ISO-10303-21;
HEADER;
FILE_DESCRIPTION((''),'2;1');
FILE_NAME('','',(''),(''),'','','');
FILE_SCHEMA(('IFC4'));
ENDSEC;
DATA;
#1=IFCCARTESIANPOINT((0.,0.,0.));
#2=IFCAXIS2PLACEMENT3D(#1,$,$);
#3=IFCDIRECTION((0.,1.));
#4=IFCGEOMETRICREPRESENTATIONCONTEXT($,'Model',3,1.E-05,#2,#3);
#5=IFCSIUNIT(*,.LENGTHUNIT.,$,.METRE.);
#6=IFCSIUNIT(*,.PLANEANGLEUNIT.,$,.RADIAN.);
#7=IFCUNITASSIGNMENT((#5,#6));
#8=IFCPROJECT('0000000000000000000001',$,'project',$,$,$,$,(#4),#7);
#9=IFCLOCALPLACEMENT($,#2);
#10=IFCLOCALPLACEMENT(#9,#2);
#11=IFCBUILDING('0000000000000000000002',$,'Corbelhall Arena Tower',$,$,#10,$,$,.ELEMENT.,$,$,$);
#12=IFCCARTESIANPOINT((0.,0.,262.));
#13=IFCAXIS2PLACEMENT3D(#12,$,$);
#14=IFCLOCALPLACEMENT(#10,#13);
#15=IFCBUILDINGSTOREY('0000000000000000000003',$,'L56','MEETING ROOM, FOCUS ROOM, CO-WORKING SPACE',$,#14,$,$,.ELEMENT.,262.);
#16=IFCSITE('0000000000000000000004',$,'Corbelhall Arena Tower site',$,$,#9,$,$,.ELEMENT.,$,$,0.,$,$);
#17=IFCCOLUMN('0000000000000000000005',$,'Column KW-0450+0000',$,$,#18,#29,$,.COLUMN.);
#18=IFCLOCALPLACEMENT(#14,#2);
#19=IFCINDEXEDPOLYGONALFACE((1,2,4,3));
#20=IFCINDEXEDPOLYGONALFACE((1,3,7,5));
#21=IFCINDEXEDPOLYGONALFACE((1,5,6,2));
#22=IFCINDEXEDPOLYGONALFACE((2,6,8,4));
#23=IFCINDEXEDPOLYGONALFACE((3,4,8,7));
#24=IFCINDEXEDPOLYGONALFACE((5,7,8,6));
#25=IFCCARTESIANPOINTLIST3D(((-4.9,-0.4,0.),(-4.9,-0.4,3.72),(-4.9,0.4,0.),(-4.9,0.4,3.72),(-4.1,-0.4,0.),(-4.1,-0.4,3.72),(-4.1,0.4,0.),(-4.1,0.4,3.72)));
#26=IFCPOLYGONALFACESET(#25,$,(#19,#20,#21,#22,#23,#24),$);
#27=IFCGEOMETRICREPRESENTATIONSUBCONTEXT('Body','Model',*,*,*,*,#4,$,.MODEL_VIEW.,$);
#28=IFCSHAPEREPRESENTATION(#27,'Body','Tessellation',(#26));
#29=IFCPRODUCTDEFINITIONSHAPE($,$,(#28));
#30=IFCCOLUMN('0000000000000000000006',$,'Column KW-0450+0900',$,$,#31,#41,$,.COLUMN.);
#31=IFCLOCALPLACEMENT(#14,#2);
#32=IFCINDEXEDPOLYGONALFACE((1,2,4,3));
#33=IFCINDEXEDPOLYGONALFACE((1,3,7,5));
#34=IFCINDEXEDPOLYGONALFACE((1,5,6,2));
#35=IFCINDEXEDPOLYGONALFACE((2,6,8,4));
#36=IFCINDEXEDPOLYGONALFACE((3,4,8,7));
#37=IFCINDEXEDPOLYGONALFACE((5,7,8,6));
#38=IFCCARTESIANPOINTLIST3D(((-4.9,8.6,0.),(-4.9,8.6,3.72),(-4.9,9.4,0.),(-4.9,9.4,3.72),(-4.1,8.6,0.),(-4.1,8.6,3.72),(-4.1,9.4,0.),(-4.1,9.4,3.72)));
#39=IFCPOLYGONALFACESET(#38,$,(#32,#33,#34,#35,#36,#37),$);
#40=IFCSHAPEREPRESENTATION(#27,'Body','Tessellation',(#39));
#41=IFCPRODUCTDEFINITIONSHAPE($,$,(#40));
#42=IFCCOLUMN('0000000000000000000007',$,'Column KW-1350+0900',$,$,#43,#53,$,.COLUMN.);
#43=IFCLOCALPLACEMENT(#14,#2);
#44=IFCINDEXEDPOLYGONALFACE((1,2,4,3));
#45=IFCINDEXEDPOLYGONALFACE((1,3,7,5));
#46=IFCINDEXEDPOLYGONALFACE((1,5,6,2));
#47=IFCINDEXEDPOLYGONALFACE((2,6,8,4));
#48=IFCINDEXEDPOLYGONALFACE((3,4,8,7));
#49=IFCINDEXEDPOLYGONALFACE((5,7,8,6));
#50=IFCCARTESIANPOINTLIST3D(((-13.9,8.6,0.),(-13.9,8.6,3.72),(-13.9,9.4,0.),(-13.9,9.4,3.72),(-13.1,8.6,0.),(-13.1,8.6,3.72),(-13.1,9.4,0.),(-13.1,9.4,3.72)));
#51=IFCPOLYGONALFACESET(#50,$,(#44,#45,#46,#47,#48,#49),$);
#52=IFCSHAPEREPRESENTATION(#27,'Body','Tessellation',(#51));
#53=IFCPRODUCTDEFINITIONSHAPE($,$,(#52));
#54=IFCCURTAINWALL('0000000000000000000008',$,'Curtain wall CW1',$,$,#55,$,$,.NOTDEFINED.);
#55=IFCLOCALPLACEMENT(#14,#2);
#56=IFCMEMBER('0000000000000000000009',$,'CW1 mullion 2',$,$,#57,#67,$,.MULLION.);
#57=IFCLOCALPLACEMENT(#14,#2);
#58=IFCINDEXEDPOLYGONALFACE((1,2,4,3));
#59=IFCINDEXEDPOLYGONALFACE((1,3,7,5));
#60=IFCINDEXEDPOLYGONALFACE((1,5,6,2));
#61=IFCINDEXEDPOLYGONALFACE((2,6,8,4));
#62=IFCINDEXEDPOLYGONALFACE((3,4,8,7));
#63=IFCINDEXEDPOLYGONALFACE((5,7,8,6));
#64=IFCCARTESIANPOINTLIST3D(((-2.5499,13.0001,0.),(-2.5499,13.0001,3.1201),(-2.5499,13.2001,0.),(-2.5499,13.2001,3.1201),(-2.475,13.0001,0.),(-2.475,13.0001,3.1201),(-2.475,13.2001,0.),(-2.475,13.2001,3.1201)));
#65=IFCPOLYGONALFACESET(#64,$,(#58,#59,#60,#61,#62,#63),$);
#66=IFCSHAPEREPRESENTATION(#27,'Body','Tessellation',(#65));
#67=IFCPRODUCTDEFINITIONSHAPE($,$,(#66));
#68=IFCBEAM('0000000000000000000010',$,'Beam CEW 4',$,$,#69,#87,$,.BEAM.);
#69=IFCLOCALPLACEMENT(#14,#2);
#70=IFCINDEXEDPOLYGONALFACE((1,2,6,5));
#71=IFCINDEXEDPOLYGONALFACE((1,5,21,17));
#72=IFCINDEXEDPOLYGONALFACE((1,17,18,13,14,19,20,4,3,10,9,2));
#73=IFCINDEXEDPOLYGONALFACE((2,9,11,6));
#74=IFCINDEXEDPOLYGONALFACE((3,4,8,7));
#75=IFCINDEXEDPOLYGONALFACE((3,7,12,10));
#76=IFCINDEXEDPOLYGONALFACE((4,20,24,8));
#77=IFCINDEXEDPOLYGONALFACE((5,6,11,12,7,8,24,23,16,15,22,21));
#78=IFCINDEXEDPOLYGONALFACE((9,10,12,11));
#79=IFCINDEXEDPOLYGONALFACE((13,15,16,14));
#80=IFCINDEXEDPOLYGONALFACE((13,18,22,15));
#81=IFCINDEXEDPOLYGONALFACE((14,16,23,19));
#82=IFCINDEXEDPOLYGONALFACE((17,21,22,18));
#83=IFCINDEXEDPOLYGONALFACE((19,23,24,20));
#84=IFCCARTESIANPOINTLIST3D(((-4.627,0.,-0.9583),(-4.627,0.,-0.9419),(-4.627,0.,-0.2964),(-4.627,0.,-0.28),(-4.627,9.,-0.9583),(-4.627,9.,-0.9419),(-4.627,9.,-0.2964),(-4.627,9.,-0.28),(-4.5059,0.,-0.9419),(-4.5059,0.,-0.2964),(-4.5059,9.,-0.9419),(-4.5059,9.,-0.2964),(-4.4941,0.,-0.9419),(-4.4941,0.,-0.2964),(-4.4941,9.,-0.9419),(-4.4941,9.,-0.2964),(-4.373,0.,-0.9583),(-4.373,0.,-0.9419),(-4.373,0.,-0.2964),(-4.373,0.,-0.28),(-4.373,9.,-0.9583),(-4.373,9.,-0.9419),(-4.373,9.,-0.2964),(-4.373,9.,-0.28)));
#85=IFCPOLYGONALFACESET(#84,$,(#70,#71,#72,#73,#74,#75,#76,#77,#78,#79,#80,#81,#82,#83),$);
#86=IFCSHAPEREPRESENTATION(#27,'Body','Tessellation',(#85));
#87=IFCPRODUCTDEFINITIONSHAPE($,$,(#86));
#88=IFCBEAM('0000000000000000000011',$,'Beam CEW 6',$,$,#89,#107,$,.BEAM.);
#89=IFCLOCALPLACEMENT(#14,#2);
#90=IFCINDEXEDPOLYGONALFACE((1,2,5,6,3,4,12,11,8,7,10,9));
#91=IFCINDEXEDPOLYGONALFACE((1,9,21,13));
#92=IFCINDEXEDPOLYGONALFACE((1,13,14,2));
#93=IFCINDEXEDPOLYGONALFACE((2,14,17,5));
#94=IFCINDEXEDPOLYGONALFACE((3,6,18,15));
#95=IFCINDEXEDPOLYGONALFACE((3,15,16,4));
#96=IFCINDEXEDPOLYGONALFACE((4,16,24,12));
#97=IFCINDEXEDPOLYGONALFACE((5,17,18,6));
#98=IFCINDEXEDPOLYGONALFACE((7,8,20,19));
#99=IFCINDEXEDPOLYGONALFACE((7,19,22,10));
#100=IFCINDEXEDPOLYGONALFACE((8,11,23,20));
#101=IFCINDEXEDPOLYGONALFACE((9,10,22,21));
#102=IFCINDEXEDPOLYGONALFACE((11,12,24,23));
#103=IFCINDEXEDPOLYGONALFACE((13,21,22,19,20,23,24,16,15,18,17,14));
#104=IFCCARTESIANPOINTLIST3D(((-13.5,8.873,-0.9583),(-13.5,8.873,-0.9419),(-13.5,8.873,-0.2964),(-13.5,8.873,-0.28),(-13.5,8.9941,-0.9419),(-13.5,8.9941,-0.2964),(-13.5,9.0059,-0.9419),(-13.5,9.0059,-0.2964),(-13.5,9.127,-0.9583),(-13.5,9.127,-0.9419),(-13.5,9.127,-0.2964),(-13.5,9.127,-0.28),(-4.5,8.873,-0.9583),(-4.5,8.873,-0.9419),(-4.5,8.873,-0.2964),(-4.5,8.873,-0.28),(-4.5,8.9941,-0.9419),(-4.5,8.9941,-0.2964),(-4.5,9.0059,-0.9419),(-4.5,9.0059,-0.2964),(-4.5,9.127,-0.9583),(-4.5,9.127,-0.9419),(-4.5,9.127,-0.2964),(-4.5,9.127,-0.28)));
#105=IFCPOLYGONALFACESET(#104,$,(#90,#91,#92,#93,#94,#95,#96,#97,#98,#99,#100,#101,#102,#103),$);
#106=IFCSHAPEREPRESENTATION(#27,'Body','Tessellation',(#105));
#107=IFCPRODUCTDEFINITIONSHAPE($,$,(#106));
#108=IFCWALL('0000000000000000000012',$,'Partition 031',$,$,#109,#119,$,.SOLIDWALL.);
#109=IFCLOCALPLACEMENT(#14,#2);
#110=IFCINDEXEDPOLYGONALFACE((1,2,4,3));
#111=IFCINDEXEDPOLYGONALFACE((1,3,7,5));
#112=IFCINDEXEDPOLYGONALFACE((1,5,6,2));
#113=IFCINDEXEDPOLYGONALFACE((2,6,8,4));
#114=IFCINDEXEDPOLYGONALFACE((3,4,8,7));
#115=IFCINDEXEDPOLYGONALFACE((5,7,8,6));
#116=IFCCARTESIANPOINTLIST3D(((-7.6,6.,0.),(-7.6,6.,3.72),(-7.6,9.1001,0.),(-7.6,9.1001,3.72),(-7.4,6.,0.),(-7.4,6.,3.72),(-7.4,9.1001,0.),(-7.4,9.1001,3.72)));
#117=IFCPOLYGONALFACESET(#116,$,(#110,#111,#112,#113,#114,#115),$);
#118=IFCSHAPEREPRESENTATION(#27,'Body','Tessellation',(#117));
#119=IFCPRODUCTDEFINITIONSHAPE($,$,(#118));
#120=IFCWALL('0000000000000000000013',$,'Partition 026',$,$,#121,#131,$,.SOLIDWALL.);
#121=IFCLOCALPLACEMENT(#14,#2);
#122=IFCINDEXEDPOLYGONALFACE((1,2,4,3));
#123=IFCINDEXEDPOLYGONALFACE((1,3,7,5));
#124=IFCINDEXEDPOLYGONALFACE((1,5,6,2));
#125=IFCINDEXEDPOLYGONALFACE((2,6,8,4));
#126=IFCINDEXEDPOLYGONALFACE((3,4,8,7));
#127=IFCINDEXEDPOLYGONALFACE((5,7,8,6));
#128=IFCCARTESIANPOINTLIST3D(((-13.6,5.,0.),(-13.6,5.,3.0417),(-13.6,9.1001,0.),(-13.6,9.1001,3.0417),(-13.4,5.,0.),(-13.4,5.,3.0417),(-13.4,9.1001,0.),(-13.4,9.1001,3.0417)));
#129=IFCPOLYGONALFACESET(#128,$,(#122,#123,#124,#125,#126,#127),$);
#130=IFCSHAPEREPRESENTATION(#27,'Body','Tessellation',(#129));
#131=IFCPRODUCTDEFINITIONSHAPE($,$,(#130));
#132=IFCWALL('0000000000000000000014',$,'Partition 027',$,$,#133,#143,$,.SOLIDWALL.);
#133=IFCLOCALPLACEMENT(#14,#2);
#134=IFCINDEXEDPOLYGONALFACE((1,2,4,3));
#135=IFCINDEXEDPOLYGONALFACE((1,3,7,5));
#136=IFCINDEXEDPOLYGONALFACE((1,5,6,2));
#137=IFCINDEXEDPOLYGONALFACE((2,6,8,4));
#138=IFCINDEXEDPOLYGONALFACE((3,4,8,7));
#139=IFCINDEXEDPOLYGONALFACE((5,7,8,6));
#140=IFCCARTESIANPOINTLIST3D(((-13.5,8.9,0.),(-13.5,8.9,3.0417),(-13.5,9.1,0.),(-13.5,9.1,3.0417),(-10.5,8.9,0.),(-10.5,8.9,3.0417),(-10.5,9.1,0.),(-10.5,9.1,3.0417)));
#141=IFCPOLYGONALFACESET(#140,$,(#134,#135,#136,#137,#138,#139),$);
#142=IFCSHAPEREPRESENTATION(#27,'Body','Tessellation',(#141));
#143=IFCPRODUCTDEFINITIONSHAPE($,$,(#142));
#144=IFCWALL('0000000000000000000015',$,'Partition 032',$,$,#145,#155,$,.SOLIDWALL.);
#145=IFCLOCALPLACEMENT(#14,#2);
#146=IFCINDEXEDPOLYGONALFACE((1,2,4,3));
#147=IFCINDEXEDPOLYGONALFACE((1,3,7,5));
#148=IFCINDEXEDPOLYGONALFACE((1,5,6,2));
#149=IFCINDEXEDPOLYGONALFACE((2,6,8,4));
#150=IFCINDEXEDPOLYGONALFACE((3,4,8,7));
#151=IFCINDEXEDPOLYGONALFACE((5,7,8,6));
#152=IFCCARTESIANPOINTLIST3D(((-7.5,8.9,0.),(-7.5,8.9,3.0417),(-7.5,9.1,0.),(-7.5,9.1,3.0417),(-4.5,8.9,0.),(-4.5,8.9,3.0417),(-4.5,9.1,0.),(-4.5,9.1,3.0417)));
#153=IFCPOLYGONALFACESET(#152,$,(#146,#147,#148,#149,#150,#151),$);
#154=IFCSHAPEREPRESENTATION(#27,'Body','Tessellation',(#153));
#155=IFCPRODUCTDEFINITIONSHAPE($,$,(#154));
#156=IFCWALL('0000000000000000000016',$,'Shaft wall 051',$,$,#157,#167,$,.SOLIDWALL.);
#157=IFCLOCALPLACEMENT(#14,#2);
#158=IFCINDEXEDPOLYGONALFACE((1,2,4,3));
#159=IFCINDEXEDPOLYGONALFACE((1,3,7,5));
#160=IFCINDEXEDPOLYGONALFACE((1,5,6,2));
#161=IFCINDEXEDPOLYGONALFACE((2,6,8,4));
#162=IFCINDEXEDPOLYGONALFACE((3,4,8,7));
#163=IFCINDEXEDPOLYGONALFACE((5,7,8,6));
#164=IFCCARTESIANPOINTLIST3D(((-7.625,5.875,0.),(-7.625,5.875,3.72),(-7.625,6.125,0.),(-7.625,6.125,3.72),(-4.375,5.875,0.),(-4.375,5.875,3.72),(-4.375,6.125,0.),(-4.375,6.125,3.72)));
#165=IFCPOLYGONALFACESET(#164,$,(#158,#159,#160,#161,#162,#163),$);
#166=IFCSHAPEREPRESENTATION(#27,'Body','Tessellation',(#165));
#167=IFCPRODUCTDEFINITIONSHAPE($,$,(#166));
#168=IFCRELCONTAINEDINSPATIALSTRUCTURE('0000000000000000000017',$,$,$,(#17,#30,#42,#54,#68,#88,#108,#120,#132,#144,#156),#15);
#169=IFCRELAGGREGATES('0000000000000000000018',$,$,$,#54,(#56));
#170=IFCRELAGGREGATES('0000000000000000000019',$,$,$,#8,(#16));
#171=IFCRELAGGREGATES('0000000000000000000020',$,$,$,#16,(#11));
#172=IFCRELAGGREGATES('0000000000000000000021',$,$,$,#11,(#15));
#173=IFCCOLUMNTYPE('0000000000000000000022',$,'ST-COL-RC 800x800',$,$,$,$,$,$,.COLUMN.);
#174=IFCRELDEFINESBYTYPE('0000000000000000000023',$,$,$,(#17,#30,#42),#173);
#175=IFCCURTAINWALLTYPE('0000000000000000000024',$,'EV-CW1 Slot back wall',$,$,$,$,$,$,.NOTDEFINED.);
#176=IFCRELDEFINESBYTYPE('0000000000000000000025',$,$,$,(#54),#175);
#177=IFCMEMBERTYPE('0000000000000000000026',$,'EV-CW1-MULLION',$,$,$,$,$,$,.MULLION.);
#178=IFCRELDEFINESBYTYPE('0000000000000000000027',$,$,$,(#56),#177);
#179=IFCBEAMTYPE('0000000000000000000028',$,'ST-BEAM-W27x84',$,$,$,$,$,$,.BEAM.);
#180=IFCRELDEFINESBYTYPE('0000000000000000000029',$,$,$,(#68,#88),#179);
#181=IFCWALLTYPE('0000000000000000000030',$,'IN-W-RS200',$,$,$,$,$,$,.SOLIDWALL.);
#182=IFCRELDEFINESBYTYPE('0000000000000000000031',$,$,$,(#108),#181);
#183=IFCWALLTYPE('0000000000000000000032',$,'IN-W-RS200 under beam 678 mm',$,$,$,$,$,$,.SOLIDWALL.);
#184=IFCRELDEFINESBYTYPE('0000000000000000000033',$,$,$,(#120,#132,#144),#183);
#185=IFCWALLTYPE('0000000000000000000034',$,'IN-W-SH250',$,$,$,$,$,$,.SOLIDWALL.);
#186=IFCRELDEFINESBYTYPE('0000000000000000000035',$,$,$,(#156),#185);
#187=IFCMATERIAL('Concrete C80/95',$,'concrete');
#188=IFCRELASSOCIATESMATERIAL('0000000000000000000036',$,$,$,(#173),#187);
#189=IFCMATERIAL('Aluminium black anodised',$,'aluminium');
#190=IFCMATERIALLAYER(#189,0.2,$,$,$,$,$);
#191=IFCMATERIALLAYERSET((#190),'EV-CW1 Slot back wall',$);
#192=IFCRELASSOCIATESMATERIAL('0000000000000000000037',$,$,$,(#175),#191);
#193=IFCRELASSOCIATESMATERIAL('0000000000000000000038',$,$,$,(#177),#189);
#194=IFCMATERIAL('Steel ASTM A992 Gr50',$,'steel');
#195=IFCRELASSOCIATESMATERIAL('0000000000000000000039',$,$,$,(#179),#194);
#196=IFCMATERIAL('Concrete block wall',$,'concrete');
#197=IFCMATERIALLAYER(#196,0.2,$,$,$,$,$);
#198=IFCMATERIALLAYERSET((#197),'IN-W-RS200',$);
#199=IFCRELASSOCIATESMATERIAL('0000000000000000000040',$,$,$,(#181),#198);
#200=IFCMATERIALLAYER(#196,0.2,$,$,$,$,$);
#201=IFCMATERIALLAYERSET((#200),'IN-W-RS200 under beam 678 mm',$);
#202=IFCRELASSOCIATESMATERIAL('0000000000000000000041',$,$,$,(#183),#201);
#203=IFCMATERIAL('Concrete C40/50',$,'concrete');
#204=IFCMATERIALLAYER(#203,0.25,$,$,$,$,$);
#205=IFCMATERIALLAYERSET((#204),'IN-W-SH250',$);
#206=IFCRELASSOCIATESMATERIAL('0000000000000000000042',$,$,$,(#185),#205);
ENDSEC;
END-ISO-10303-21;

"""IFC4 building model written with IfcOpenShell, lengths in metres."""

from ifc_helpers import new_model, si_unit, direction, frame, frame_2d, origin, origin_2d, place, context, subcontext, project, spatial, rectangle, i_section, extrude, material, layer, layer_set, material_profile, profile_set, type_object, element, aggregate, save


model = new_model("IFC4")

# Units and contexts
model_context = context("Model", 3, precision=1e-05, world=origin(), true_north=direction((0.0, 1.0)))
body_context = subcontext(model_context, "Body", "Model", "MODEL_VIEW")
ifc_project = project(units=[si_unit("LENGTHUNIT", "METRE"), si_unit("PLANEANGLEUNIT", "RADIAN")], contexts=[model_context])

# Site, building, storey
site_placement = place(None, origin())
site = spatial("IfcSite", under=ifc_project, at=site_placement, Name="Corbelhall Arena Tower site", CompositionType="ELEMENT", RefElevation=0.0)
building_placement = place(site_placement, origin())
building = spatial("IfcBuilding", under=site, at=building_placement, Name="Corbelhall Arena Tower", CompositionType="ELEMENT")
storey_placement = place(building_placement, frame((0.0, 0.0, 262.0)))
storey = spatial("IfcBuildingStorey", under=building, at=storey_placement, Name="L56", Description="MEETING ROOM, FOCUS ROOM, CO-WORKING SPACE", CompositionType="ELEMENT", Elevation=262.0)

# Columns
ifc_material_1 = material(Name="Concrete C80/95", Category="concrete")
ifc_material_profile_1 = material_profile(ifc_material_1, rectangle(XDim=0.8, YDim=0.8, at=origin_2d()))
ifc_profile_set_1 = profile_set([ifc_material_profile_1], Name="Concrete C80/95")
column_type = type_object("IfcColumnType", Name="ST-COL-RC 800x800", PredefinedType="COLUMN", material=ifc_profile_set_1)
for number, where, z_axis, x_axis, name in (
    (1, (-4.5, 0.0, 0.0), (0.0, 0.0, 1.0), (1.0, 0.0, 0.0), "Column KW-0450+0000"),
    (2, (-4.5, 9.0, 0.0), (0.0, 0.0, 1.0), (1.0, 0.0, 0.0), "Column KW-0450+0900"),
    (3, (-13.5, 9.0, 0.0), (0.0, 0.0, 1.0), (1.0, 0.0, 0.0), "Column KW-1350+0900"),
):
    element("IfcColumn", number, at=place(storey_placement, frame(where, z_axis=z_axis, x_axis=x_axis)), inside=storey, type_object=column_type, Name=name, PredefinedType="COLUMN", context=body_context, shape_type="SweptSolid", body=[
        extrude(rectangle(XDim=0.8, YDim=0.8, at=origin_2d()), origin(), (0.0, 0.0, 1.0), 3.72),
    ])

# Curtain wall, member
ifc_material_2 = material(Name="Aluminium black anodised", Category="aluminium")
ifc_layer_1 = layer(ifc_material_2, 0.2)
ifc_layer_set_1 = layer_set([ifc_layer_1], Name="EV-CW1 Slot back wall")
curtain_wall_type = type_object("IfcCurtainWallType", Name="EV-CW1 Slot back wall", PredefinedType="NOTDEFINED", material=ifc_layer_set_1)
curtain_wall_placement = place(storey_placement, origin())
curtain_wall = element("IfcCurtainWall", 4, at=curtain_wall_placement, inside=storey, type_object=curtain_wall_type, Name="Curtain wall CW1", PredefinedType="NOTDEFINED")
ifc_material_profile_2 = material_profile(ifc_material_2, rectangle(XDim=0.2, YDim=0.075, at=origin_2d()))
ifc_profile_set_2 = profile_set([ifc_material_profile_2], Name="Aluminium black anodised")
member_type = type_object("IfcMemberType", Name="EV-CW1-MULLION", PredefinedType="MULLION", material=ifc_profile_set_2)
member_placement = place(storey_placement, frame((-2.5125, 13.1001, 0.0), z_axis=(0.0, 0.0, 1.0), x_axis=(0.0, -1.0, 0.0)))
member = element("IfcMember", 5, at=member_placement, type_object=member_type, Name="CW1 mullion 2", PredefinedType="MULLION", context=body_context, shape_type="SweptSolid", body=[
    extrude(rectangle(XDim=0.2, YDim=0.075, at=origin_2d()), origin(), (0.0, 0.0, 1.0), 3.1201),
])
aggregate(curtain_wall, [member])

# Beams
ifc_material_3 = material(Name="Steel ASTM A992 Gr50", Category="steel")
ifc_material_profile_3 = material_profile(ifc_material_3, i_section(OverallWidth=0.2539, OverallDepth=0.6782, WebThickness=0.0117, FlangeThickness=0.0164, at=origin_2d()))
ifc_profile_set_3 = profile_set([ifc_material_profile_3], Name="Steel ASTM A992 Gr50")
beam_type = type_object("IfcBeamType", Name="ST-BEAM-W27x84", PredefinedType="BEAM", material=ifc_profile_set_3)
for number, where, z_axis, x_axis, name in (
    (6, (-4.5, 0.0, -0.6191), (0.0, 1.0, 0.0), (-1.0, 0.0, 0.0), "Beam CEW 4"),
    (7, (-13.5, 9.0, -0.6191), (1.0, 0.0, 0.0), (0.0, 1.0, 0.0), "Beam CEW 6"),
):
    element("IfcBeam", number, at=place(storey_placement, frame(where, z_axis=z_axis, x_axis=x_axis)), inside=storey, type_object=beam_type, Name=name, PredefinedType="BEAM", context=body_context, shape_type="SweptSolid", body=[
        extrude(i_section(OverallWidth=0.2539, OverallDepth=0.6782, WebThickness=0.0117, FlangeThickness=0.0164, at=origin_2d()), origin(), (0.0, 0.0, 1.0), 9.0),
    ])

# Shared definitions
ifc_material_4 = material(Name="Concrete block wall", Category="concrete")
ifc_layer_2 = layer(ifc_material_4, 0.2)
ifc_layer_set_2 = layer_set([ifc_layer_2], Name="IN-W-RS200")
wall_type_1 = type_object("IfcWallType", Name="IN-W-RS200", PredefinedType="SOLIDWALL", material=ifc_layer_set_2)

# Walls
wall_1_placement = place(storey_placement, frame((-7.5, 6.0, 0.0), z_axis=(0.0, 0.0, 1.0), x_axis=(0.0, 1.0, 0.0)))
element("IfcWall", 8, at=wall_1_placement, inside=storey, type_object=wall_type_1, Name="Partition 031", PredefinedType="SOLIDWALL", context=body_context, shape_type="SweptSolid", body=[
    extrude(rectangle(XDim=3.1001, YDim=0.2, at=frame_2d((1.55, 0.0))), origin(), (0.0, 0.0, 1.0), 3.72),
])
ifc_layer_3 = layer(ifc_material_4, 0.2)
ifc_layer_set_3 = layer_set([ifc_layer_3], Name="IN-W-RS200 under beam 678 mm")
wall_type_2 = type_object("IfcWallType", Name="IN-W-RS200 under beam 678 mm", PredefinedType="SOLIDWALL", material=ifc_layer_set_3)
wall_2_placement = place(storey_placement, frame((-13.5, 5.0, 0.0), z_axis=(0.0, 0.0, 1.0), x_axis=(0.0, 1.0, 0.0)))
element("IfcWall", 9, at=wall_2_placement, inside=storey, type_object=wall_type_2, Name="Partition 026", PredefinedType="SOLIDWALL", context=body_context, shape_type="SweptSolid", body=[
    extrude(rectangle(XDim=4.1001, YDim=0.2, at=frame_2d((2.05, 0.0))), origin(), (0.0, 0.0, 1.0), 3.0417),
])
for number, where, z_axis, x_axis, name in (
    (10, (-13.5, 9.0, 0.0), (0.0, 0.0, 1.0), (1.0, 0.0, 0.0), "Partition 027"),
    (11, (-7.5, 9.0, 0.0), (0.0, 0.0, 1.0), (1.0, 0.0, 0.0), "Partition 032"),
):
    element("IfcWall", number, at=place(storey_placement, frame(where, z_axis=z_axis, x_axis=x_axis)), inside=storey, type_object=wall_type_2, Name=name, PredefinedType="SOLIDWALL", context=body_context, shape_type="SweptSolid", body=[
        extrude(rectangle(XDim=3.0, YDim=0.2, at=frame_2d((1.5, 0.0))), origin(), (0.0, 0.0, 1.0), 3.0417),
    ])

# Wall
ifc_material_5 = material(Name="Concrete C40/50", Category="concrete")
ifc_layer_4 = layer(ifc_material_5, 0.25)
ifc_layer_set_4 = layer_set([ifc_layer_4], Name="IN-W-SH250")
wall_type_3 = type_object("IfcWallType", Name="IN-W-SH250", PredefinedType="SOLIDWALL", material=ifc_layer_set_4)
wall_3_placement = place(storey_placement, frame((-7.625, 6.0, 0.0), z_axis=(0.0, 0.0, 1.0), x_axis=(1.0, 0.0, 0.0)))
element("IfcWall", 12, at=wall_3_placement, inside=storey, type_object=wall_type_3, Name="Shaft wall 051", PredefinedType="SOLIDWALL", context=body_context, shape_type="SweptSolid", body=[
    extrude(rectangle(XDim=3.25, YDim=0.25, at=frame_2d((1.625, 0.0))), origin(), (0.0, 0.0, 1.0), 3.72),
])

save(model, "model.ifc")
